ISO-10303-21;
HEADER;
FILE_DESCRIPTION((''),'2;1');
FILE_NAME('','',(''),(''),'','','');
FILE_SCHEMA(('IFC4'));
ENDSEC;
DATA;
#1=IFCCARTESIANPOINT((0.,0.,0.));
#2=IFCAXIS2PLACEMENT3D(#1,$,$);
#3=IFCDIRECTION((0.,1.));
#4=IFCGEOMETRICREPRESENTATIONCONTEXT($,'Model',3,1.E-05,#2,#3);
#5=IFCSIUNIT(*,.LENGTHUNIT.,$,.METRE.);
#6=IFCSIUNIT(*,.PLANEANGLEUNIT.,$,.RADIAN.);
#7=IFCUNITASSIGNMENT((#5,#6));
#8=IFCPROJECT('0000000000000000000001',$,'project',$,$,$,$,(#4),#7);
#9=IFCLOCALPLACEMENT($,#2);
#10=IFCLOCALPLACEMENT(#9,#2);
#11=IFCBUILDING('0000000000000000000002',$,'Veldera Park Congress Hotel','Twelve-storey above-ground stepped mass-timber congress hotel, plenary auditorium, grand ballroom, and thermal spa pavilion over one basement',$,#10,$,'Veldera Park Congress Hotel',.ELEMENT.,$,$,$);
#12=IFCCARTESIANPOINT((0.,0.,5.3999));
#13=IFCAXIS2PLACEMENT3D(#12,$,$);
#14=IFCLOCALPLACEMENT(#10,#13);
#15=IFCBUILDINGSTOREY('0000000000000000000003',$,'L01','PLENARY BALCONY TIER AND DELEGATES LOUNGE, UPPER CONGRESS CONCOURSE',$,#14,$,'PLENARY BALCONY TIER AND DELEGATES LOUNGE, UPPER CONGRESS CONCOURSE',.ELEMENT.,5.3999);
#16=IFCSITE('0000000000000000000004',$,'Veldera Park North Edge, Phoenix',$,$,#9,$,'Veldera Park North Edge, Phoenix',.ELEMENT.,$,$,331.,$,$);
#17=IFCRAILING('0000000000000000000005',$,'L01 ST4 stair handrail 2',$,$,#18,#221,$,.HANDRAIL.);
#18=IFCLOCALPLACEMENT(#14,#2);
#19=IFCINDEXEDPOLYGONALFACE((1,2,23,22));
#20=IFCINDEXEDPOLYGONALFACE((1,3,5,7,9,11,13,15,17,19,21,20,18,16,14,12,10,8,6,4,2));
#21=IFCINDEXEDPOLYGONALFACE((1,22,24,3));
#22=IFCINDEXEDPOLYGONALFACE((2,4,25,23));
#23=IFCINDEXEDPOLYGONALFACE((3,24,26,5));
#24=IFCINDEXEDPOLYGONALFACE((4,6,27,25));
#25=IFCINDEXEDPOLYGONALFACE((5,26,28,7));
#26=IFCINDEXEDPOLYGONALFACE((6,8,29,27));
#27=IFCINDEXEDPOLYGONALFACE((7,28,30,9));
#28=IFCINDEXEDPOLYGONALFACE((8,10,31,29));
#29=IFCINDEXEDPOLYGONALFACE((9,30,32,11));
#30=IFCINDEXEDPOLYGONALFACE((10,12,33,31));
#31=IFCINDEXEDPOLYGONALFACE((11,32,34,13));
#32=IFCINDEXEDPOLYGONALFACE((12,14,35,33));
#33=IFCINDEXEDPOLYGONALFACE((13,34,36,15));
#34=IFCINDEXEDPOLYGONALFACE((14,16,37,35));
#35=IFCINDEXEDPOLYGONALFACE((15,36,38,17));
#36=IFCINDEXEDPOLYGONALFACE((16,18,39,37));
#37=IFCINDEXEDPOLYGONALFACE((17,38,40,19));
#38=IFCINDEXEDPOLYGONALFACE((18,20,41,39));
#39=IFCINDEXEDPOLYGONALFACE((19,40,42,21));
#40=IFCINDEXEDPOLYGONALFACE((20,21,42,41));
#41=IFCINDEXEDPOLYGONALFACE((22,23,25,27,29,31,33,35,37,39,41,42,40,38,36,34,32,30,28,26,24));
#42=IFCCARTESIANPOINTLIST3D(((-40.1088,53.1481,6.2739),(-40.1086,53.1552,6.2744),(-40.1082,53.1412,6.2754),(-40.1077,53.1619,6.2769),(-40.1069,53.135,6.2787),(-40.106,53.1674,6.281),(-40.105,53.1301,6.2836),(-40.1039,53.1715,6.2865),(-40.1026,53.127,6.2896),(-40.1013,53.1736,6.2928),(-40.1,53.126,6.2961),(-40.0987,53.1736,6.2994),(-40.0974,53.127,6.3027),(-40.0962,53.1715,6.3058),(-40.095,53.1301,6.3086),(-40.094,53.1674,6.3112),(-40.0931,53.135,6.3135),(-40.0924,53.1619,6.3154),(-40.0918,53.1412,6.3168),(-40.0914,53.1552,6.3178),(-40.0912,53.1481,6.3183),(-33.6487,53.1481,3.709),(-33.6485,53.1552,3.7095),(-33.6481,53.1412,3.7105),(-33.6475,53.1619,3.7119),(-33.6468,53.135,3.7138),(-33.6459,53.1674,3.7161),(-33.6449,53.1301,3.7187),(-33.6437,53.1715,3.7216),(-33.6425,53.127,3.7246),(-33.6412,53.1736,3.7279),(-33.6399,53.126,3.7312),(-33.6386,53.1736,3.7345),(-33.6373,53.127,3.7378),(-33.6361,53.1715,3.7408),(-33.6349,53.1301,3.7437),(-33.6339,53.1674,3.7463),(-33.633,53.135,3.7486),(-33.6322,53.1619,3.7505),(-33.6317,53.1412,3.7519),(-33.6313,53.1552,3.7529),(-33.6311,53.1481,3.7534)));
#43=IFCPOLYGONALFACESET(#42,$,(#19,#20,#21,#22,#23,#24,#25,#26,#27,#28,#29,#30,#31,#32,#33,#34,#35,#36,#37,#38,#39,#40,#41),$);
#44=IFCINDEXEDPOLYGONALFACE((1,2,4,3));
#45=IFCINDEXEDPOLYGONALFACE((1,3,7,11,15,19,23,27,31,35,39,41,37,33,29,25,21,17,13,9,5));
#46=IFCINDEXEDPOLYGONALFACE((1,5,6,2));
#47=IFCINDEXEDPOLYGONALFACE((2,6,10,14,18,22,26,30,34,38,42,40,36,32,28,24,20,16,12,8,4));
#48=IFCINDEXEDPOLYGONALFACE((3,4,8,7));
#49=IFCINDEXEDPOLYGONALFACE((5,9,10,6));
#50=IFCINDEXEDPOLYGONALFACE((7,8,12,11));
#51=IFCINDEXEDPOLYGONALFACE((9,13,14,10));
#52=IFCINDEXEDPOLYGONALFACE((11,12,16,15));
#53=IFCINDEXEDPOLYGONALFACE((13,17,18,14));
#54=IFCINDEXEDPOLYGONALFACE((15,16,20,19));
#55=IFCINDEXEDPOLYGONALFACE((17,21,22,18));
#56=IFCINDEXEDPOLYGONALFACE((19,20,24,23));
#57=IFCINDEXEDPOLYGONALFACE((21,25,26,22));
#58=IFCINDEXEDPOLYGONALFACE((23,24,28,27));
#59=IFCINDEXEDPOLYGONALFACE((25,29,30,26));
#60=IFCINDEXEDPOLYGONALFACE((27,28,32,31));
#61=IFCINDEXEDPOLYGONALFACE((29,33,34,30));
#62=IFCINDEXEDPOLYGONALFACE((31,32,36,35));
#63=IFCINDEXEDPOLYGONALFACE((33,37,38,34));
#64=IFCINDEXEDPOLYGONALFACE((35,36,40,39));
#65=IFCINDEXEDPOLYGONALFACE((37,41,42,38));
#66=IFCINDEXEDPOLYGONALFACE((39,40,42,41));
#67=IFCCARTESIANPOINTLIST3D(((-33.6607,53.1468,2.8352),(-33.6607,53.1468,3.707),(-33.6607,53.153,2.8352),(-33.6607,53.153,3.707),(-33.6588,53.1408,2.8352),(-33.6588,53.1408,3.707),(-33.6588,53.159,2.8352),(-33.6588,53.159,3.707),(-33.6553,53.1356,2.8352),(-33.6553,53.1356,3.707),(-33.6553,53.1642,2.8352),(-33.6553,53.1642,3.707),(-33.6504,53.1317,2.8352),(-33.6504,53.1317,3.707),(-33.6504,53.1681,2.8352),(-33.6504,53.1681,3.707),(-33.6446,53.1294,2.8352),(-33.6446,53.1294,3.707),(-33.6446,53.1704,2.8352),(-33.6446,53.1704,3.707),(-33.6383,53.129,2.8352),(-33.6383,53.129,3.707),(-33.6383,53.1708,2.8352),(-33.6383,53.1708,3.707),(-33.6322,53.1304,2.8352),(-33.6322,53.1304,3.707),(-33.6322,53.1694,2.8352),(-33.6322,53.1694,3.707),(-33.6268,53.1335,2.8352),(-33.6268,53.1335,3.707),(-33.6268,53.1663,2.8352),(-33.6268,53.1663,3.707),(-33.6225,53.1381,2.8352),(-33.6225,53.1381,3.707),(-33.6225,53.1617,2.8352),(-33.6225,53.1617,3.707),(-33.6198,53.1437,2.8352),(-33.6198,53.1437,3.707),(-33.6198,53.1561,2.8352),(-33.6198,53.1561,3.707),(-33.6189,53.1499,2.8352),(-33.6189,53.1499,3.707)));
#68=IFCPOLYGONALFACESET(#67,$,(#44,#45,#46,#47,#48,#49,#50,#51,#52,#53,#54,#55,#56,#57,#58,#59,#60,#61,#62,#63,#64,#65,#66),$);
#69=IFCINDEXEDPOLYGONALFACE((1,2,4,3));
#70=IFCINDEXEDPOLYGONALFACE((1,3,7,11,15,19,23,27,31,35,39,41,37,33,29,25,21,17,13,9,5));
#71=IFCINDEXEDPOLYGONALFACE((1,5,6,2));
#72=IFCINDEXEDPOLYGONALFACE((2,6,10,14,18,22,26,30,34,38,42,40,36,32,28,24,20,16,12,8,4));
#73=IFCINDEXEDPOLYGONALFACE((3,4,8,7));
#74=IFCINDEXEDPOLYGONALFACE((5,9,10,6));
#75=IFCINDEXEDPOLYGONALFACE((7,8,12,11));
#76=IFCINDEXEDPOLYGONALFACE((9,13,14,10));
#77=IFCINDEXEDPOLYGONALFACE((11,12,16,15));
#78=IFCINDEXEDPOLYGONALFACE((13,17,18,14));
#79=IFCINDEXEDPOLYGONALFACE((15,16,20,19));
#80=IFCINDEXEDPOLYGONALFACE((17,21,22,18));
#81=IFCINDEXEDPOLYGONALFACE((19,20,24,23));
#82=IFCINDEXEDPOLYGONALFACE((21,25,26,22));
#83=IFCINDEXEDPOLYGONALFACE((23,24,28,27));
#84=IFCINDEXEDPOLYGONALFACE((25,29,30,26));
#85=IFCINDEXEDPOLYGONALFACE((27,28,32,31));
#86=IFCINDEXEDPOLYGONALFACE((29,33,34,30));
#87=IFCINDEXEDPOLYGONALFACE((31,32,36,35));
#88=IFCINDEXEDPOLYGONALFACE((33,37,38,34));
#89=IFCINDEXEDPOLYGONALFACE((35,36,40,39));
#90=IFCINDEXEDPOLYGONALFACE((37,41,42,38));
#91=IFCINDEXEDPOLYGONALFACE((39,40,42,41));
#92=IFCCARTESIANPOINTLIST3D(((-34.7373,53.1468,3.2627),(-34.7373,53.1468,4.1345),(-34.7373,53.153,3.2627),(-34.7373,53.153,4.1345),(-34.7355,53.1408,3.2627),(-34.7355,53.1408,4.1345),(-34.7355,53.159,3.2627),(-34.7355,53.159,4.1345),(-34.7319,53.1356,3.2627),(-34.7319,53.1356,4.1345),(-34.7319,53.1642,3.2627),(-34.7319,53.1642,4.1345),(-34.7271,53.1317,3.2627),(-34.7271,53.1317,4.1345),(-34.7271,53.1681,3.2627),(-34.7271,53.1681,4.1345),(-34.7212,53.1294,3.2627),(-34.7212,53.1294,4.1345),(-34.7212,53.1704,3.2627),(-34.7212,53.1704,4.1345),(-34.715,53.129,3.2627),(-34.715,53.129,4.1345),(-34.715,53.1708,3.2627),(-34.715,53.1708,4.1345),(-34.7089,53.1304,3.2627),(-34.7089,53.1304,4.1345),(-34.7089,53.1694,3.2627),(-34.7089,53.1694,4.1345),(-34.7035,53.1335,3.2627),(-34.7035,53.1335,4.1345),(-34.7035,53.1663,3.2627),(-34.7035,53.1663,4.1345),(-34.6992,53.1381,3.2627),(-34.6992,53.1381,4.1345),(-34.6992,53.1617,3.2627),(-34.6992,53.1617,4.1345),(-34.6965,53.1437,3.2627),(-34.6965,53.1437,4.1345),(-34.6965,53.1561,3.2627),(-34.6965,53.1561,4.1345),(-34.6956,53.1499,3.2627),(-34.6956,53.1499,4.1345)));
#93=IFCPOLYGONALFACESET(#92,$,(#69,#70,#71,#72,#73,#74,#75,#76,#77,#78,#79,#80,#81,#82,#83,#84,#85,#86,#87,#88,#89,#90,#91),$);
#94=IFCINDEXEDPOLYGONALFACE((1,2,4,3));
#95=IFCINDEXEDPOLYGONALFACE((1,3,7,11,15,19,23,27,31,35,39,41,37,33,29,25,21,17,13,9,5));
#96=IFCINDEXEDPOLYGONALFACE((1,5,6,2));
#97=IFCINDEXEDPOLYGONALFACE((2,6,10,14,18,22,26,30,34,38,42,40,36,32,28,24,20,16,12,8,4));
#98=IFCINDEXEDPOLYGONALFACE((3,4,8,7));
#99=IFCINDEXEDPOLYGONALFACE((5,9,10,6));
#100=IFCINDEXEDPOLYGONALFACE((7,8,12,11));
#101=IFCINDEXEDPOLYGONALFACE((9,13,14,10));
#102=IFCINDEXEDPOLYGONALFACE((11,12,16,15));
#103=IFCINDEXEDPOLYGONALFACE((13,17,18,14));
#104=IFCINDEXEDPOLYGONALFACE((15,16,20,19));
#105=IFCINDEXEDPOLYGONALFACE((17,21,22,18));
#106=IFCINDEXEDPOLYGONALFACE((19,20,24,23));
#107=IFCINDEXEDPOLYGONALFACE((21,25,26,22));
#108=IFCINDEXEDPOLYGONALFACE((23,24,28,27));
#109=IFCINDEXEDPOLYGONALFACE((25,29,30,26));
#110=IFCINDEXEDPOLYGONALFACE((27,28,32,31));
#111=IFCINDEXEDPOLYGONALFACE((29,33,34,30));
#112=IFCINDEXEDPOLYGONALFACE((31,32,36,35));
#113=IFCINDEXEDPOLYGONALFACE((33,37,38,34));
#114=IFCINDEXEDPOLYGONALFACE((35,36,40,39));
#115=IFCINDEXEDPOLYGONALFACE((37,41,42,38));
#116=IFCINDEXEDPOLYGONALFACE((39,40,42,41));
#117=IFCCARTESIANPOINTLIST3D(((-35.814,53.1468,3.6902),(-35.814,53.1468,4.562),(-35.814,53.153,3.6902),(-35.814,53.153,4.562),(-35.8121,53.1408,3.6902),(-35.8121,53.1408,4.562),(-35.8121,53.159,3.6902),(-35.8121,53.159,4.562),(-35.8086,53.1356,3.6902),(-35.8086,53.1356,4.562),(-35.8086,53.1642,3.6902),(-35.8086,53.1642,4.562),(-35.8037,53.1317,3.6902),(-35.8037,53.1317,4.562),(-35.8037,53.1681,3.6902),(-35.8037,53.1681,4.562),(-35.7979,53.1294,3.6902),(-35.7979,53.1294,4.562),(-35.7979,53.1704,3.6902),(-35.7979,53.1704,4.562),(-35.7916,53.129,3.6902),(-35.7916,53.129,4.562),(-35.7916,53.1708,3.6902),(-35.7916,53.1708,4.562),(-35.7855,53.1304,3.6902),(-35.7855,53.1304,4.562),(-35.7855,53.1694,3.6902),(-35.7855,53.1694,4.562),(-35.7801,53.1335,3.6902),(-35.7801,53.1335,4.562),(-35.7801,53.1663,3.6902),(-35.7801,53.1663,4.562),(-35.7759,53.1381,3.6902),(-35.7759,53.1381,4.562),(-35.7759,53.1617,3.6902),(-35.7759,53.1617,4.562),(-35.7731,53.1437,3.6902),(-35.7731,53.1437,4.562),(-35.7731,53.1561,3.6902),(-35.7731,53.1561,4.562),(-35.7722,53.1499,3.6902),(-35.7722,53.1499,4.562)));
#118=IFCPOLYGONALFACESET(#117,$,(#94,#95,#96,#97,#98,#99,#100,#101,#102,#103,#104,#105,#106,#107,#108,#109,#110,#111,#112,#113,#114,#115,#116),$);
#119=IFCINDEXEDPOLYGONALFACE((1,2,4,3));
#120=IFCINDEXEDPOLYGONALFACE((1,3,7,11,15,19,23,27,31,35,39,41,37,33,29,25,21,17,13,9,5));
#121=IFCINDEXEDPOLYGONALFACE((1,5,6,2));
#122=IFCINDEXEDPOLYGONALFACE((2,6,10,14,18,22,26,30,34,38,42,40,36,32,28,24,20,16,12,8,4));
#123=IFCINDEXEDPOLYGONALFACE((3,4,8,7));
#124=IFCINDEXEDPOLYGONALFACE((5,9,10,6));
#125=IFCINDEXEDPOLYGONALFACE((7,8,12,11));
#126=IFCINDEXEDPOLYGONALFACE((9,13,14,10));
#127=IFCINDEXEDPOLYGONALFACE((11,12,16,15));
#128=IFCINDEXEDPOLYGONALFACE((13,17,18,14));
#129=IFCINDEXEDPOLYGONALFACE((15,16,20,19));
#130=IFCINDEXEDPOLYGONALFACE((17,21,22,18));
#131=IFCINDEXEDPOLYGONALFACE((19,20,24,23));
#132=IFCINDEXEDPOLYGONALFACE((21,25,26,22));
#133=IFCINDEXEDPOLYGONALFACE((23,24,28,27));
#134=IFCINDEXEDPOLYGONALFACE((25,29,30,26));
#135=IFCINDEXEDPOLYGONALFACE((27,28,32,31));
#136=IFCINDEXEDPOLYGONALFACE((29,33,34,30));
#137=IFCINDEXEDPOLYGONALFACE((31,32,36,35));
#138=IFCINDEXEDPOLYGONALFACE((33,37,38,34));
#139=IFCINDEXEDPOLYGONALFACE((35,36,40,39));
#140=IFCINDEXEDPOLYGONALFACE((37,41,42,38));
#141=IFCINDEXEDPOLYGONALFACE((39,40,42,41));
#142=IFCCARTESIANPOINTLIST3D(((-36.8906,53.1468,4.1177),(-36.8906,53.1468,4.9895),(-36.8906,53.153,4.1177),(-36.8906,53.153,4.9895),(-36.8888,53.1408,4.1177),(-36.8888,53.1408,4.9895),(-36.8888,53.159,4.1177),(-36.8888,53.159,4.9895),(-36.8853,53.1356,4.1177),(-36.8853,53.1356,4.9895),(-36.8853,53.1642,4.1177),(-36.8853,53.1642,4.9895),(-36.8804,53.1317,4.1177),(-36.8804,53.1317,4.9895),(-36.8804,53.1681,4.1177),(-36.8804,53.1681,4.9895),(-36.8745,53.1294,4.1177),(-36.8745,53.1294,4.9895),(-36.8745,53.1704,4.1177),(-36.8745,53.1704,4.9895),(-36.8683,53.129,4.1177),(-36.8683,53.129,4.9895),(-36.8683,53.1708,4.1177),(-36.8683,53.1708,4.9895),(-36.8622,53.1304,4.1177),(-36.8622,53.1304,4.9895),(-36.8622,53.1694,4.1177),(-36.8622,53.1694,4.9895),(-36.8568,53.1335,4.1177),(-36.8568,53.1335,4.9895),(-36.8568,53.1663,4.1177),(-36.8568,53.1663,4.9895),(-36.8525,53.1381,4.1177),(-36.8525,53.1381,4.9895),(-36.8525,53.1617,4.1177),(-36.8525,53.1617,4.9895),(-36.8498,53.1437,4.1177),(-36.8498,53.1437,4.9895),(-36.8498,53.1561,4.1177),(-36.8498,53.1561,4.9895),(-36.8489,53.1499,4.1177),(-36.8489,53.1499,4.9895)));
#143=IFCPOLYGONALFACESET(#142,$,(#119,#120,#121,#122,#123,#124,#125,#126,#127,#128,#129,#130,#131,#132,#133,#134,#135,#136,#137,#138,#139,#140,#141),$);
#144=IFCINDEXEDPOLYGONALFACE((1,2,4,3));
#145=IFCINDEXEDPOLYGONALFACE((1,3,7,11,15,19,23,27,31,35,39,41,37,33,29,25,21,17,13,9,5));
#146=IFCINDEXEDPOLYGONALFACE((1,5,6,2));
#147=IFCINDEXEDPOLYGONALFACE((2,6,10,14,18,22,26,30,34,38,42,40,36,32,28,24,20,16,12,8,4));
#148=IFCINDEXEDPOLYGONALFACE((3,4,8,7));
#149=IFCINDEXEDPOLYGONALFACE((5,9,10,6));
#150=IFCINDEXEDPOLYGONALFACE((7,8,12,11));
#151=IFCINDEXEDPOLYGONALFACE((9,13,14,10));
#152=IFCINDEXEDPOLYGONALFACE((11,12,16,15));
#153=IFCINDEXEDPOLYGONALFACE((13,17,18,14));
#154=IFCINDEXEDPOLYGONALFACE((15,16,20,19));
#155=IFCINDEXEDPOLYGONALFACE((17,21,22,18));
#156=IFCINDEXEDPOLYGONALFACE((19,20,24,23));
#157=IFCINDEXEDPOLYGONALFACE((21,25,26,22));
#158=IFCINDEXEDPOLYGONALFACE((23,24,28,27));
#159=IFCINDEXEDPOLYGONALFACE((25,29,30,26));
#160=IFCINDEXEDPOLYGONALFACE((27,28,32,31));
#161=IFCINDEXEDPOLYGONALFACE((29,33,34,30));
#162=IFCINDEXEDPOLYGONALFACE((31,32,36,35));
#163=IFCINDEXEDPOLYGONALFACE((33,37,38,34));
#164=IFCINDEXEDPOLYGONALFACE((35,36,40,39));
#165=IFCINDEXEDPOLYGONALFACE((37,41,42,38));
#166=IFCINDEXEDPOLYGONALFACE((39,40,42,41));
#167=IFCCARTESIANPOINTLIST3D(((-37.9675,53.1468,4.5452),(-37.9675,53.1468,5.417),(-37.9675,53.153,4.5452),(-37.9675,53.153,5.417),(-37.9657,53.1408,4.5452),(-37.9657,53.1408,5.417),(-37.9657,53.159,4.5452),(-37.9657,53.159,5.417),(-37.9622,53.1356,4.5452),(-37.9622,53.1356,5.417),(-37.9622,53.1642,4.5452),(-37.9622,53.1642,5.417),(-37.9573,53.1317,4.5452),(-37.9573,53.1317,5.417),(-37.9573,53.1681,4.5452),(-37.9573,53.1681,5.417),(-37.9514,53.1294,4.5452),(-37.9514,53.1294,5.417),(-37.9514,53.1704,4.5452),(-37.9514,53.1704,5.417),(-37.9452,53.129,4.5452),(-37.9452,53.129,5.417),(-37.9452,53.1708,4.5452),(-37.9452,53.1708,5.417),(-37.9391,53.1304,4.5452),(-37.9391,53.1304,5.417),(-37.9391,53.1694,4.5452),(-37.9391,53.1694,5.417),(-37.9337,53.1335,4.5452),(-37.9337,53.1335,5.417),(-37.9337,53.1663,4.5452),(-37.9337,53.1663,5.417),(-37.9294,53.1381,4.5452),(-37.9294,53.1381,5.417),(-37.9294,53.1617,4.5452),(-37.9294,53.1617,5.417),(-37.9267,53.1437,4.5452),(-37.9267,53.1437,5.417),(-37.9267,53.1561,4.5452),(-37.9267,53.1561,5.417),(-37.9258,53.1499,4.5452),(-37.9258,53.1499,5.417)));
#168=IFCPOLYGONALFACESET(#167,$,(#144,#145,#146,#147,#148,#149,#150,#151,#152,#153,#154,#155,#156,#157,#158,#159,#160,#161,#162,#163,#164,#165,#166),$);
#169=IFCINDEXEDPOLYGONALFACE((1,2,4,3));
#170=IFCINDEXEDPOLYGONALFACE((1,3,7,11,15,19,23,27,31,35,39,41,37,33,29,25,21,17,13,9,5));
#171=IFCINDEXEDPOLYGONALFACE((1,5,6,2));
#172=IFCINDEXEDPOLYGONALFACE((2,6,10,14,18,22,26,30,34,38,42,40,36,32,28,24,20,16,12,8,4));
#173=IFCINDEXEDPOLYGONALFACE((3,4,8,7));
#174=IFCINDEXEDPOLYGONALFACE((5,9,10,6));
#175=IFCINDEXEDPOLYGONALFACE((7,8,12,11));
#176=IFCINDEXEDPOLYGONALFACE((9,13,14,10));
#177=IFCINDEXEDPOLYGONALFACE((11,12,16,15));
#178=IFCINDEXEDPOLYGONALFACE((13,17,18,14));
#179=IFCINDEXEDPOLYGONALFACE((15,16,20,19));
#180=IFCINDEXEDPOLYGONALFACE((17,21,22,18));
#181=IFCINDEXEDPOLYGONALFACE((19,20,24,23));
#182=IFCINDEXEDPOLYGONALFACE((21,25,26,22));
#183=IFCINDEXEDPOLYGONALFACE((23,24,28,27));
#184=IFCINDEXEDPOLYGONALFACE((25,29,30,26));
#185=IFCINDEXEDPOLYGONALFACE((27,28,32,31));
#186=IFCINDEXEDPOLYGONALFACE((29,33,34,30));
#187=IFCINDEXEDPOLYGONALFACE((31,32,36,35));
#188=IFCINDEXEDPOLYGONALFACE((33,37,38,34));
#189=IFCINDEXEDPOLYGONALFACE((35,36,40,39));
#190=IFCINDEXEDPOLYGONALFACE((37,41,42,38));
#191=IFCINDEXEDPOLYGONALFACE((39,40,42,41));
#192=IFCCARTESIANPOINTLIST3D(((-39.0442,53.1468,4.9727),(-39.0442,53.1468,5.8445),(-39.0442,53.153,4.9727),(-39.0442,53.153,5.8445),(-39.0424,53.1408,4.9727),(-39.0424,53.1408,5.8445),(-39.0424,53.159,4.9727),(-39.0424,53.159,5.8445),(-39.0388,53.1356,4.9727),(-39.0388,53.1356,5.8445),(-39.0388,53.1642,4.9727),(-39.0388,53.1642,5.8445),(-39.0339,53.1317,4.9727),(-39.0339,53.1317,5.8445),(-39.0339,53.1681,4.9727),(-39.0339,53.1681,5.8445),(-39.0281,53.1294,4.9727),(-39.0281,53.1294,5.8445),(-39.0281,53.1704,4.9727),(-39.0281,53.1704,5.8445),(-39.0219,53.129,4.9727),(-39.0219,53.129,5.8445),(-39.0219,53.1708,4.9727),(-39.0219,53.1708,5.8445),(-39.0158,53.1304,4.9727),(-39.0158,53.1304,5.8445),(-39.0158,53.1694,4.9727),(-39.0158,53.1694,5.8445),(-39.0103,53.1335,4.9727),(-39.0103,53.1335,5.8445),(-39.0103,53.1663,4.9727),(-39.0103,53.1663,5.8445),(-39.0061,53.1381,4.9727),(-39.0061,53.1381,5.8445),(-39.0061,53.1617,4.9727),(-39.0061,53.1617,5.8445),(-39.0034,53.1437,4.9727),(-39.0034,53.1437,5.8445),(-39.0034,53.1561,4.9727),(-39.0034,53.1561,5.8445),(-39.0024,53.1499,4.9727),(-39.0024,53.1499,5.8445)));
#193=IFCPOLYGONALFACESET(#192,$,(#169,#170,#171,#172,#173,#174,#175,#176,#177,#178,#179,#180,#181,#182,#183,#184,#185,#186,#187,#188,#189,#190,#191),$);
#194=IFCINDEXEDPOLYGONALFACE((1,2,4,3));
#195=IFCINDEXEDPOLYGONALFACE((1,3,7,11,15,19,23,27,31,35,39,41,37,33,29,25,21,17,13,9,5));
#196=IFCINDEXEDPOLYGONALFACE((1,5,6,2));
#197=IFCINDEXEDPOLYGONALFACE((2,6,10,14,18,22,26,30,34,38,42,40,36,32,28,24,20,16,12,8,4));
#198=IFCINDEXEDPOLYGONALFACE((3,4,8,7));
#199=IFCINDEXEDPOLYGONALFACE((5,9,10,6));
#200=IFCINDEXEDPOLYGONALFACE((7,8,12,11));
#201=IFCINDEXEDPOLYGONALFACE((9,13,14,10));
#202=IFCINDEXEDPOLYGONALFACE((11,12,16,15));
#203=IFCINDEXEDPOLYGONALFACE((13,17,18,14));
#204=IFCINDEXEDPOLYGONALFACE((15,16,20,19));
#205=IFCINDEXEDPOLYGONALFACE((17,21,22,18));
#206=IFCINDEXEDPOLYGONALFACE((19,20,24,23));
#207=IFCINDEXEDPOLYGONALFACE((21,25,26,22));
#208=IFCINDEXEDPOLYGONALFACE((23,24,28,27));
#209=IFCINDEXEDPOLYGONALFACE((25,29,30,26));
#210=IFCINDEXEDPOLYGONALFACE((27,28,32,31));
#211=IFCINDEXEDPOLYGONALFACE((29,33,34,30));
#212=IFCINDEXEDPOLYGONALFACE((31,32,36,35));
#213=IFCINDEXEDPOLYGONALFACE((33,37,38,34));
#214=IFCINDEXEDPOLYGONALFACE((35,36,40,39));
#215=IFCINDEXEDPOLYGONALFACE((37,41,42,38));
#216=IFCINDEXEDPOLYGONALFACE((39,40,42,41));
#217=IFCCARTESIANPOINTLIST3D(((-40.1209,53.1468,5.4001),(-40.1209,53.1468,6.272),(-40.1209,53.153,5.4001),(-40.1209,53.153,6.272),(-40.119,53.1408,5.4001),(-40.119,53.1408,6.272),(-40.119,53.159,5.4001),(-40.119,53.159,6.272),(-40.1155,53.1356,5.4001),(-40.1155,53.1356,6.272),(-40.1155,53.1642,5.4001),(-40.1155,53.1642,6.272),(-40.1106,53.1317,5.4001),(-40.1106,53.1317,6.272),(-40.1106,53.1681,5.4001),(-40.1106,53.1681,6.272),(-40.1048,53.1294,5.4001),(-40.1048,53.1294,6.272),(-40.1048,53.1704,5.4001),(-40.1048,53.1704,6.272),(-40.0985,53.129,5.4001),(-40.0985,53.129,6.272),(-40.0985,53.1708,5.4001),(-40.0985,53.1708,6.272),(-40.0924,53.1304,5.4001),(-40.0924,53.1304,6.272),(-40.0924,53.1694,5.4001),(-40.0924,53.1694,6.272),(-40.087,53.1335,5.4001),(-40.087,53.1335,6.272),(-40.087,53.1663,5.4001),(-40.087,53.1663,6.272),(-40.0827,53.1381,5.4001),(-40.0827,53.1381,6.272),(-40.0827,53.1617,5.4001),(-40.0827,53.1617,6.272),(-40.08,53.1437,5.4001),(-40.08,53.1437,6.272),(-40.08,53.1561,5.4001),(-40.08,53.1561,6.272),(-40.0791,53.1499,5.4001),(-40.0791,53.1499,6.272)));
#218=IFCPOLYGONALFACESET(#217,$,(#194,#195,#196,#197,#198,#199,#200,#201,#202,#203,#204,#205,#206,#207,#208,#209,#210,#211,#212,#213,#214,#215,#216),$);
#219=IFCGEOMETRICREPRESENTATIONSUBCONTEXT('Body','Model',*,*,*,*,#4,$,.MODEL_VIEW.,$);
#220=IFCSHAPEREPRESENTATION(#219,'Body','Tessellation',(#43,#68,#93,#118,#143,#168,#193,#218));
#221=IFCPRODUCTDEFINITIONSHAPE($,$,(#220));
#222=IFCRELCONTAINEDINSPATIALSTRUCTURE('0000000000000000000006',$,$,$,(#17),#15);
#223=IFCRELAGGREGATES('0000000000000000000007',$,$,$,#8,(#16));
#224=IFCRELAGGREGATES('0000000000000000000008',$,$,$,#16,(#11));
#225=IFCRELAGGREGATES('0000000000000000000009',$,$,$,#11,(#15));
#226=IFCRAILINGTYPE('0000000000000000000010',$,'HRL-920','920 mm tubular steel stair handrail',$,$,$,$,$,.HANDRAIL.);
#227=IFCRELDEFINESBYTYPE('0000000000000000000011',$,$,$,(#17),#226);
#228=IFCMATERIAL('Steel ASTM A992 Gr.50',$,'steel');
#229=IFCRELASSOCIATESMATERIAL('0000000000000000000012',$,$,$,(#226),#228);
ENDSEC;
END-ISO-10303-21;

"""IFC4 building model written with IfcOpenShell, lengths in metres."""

from ifc_helpers import new_model, si_unit, direction, frame, origin, origin_2d, place, context, subcontext, project, spatial, circle, extrude, material, type_object, element, save


model = new_model("IFC4")

# Units and contexts
model_context = context("Model", 3, precision=1e-05, world=origin(), true_north=direction((0.0, 1.0)))
body_context = subcontext(model_context, "Body", "Model", "MODEL_VIEW")
ifc_project = project(units=[si_unit("LENGTHUNIT", "METRE"), si_unit("PLANEANGLEUNIT", "RADIAN")], contexts=[model_context])

# Site, building, storey
site_placement = place(None, origin())
site = spatial("IfcSite", under=ifc_project, at=site_placement, Name="Veldera Park North Edge, Phoenix", LongName="Veldera Park North Edge, Phoenix", CompositionType="ELEMENT", RefElevation=331.0)
building_placement = place(site_placement, origin())
building = spatial("IfcBuilding", under=site, at=building_placement, Name="Veldera Park Congress Hotel", Description="Twelve-storey above-ground stepped mass-timber congress hotel, plenary auditorium, grand ballroom, and thermal spa pavilion over one basement", LongName="Veldera Park Congress Hotel", CompositionType="ELEMENT")
storey_placement = place(building_placement, frame((0.0, 0.0, 5.3999)))
storey = spatial("IfcBuildingStorey", under=building, at=storey_placement, Name="L01", Description="PLENARY BALCONY TIER AND DELEGATES LOUNGE, UPPER CONGRESS CONCOURSE", LongName="PLENARY BALCONY TIER AND DELEGATES LOUNGE, UPPER CONGRESS CONCOURSE", CompositionType="ELEMENT", Elevation=5.3999)

# Shared definitions
ifc_material_1 = material(Name="Steel ASTM A992 Gr.50", Category="steel")

# Railing
railing_type_1 = type_object("IfcRailingType", Name="HRL-920", Description="920 mm tubular steel stair handrail", PredefinedType="HANDRAIL", material=ifc_material_1)
railing_1_placement = place(storey_placement, frame((-33.6399, 53.1499, 2.8352)))
element("IfcRailing", 1, at=railing_1_placement, inside=storey, type_object=railing_type_1, Name="L01 ST4 stair handrail 2", PredefinedType="HANDRAIL", context=body_context, shape_type="SweptSolid", body=[
    extrude(circle(Radius=0.0239, at=origin_2d()), frame((0.0, 0.0, 0.896), z_axis=(-0.929423, 0.0, 0.369016), x_axis=(0.0, -1.0, 0.0)), (0.0, 0.0, 1.0), 6.9507),
    extrude(circle(Radius=0.021, at=origin_2d()), origin(), (0.0, 0.0, 1.0), 0.8718),
    extrude(circle(Radius=0.021, at=origin_2d()), frame((-1.0767, 0.0, 0.4275)), (0.0, 0.0, 1.0), 0.8718),
    extrude(circle(Radius=0.021, at=origin_2d()), frame((-2.1533, 0.0, 0.855)), (0.0, 0.0, 1.0), 0.8718),
    extrude(circle(Radius=0.021, at=origin_2d()), frame((-3.23, 0.0, 1.2825)), (0.0, 0.0, 1.0), 0.8718),
    extrude(circle(Radius=0.021, at=origin_2d()), frame((-4.3069, 0.0, 1.71)), (0.0, 0.0, 1.0), 0.8718),
    extrude(circle(Radius=0.021, at=origin_2d()), frame((-5.3835, 0.0, 2.1375)), (0.0, 0.0, 1.0), 0.8718),
    extrude(circle(Radius=0.021, at=origin_2d()), frame((-6.4602, 0.0, 2.5649)), (0.0, 0.0, 1.0), 0.8718),
])

save(model, "model.ifc")
